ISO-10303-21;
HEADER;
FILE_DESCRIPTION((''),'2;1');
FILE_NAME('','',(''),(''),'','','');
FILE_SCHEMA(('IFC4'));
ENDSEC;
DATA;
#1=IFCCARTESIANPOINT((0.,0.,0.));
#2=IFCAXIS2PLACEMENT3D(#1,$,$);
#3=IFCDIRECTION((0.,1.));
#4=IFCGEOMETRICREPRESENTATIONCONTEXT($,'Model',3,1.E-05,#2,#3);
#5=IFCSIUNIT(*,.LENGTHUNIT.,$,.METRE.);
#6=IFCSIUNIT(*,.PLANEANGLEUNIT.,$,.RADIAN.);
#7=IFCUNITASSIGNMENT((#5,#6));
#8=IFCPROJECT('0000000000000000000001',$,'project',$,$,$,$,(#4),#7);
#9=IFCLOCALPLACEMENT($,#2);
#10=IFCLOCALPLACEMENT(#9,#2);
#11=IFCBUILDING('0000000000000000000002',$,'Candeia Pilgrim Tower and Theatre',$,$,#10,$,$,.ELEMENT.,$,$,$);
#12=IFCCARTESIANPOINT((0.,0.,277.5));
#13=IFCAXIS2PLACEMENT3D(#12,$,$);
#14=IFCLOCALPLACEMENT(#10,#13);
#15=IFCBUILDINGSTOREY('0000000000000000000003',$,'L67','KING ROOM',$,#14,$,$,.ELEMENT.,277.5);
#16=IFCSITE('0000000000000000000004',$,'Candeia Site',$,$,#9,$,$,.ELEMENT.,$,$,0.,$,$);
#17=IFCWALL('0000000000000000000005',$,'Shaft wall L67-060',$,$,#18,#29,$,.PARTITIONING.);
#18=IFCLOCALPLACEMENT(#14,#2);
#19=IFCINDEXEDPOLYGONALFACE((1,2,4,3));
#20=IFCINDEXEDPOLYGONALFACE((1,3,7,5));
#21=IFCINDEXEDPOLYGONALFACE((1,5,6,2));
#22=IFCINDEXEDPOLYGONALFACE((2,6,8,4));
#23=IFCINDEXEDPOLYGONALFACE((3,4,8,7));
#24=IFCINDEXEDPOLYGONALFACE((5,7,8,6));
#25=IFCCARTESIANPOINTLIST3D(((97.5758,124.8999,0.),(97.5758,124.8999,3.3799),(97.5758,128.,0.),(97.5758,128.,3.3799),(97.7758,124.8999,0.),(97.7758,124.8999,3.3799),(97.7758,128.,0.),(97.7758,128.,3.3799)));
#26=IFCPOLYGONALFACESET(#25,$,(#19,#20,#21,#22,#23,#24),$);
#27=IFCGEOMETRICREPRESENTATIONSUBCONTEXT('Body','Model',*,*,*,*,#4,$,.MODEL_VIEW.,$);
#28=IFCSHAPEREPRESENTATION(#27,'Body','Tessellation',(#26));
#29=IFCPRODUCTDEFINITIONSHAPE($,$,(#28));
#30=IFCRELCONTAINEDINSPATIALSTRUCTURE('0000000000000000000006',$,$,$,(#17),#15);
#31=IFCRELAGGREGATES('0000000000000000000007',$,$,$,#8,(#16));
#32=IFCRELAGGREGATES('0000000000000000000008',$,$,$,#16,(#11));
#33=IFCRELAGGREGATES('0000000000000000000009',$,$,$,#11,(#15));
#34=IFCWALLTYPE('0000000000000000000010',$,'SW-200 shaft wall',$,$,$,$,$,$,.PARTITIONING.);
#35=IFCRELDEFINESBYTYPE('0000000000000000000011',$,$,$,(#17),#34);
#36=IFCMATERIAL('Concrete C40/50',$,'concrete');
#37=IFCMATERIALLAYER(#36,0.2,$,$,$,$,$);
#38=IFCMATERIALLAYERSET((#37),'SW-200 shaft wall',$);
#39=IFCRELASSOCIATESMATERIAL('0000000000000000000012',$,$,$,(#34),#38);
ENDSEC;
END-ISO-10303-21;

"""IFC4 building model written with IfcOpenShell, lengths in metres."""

from ifc_helpers import new_model, si_unit, direction, frame, frame_2d, origin, place, context, subcontext, project, spatial, rectangle, extrude, material, layer, layer_set, type_object, element, save


model = new_model("IFC4")

# Units and contexts
model_context = context("Model", 3, precision=1e-05, world=origin(), true_north=direction((0.0, 1.0)))
body_context = subcontext(model_context, "Body", "Model", "MODEL_VIEW")
ifc_project = project(units=[si_unit("LENGTHUNIT", "METRE"), si_unit("PLANEANGLEUNIT", "RADIAN")], contexts=[model_context])

# Site, building, storey
site_placement = place(None, origin())
site = spatial("IfcSite", under=ifc_project, at=site_placement, Name="Candeia Site", CompositionType="ELEMENT", RefElevation=0.0)
building_placement = place(site_placement, origin())
building = spatial("IfcBuilding", under=site, at=building_placement, Name="Candeia Pilgrim Tower and Theatre", CompositionType="ELEMENT")
storey_placement = place(building_placement, frame((0.0, 0.0, 277.5)))
storey = spatial("IfcBuildingStorey", under=building, at=storey_placement, Name="L67", Description="KING ROOM", CompositionType="ELEMENT", Elevation=277.5)

# Shared definitions
ifc_material_1 = material(Name="Concrete C40/50", Category="concrete")

# Wall
ifc_layer_1 = layer(ifc_material_1, 0.2)
ifc_layer_set_1 = layer_set([ifc_layer_1], Name="SW-200 shaft wall")
wall_type_1 = type_object("IfcWallType", Name="SW-200 shaft wall", PredefinedType="PARTITIONING", material=ifc_layer_set_1)
for number, where, z_axis, x_axis, name in (
    (1, (97.6758, 124.8999, 0.0), (0.0, 0.0, 1.0), (0.0, 1.0, 0.0), "Shaft wall L67-060"),
):
    element("IfcWall", number, at=place(storey_placement, frame(where, z_axis=z_axis, x_axis=x_axis)), inside=storey, type_object=wall_type_1, Name=name, PredefinedType="PARTITIONING", context=body_context, shape_type="SweptSolid", body=[
        extrude(rectangle(XDim=3.1001, YDim=0.2, at=frame_2d((1.55, 0.0))), origin(), (0.0, 0.0, 1.0), 3.3799),
    ])

save(model, "model.ifc")
